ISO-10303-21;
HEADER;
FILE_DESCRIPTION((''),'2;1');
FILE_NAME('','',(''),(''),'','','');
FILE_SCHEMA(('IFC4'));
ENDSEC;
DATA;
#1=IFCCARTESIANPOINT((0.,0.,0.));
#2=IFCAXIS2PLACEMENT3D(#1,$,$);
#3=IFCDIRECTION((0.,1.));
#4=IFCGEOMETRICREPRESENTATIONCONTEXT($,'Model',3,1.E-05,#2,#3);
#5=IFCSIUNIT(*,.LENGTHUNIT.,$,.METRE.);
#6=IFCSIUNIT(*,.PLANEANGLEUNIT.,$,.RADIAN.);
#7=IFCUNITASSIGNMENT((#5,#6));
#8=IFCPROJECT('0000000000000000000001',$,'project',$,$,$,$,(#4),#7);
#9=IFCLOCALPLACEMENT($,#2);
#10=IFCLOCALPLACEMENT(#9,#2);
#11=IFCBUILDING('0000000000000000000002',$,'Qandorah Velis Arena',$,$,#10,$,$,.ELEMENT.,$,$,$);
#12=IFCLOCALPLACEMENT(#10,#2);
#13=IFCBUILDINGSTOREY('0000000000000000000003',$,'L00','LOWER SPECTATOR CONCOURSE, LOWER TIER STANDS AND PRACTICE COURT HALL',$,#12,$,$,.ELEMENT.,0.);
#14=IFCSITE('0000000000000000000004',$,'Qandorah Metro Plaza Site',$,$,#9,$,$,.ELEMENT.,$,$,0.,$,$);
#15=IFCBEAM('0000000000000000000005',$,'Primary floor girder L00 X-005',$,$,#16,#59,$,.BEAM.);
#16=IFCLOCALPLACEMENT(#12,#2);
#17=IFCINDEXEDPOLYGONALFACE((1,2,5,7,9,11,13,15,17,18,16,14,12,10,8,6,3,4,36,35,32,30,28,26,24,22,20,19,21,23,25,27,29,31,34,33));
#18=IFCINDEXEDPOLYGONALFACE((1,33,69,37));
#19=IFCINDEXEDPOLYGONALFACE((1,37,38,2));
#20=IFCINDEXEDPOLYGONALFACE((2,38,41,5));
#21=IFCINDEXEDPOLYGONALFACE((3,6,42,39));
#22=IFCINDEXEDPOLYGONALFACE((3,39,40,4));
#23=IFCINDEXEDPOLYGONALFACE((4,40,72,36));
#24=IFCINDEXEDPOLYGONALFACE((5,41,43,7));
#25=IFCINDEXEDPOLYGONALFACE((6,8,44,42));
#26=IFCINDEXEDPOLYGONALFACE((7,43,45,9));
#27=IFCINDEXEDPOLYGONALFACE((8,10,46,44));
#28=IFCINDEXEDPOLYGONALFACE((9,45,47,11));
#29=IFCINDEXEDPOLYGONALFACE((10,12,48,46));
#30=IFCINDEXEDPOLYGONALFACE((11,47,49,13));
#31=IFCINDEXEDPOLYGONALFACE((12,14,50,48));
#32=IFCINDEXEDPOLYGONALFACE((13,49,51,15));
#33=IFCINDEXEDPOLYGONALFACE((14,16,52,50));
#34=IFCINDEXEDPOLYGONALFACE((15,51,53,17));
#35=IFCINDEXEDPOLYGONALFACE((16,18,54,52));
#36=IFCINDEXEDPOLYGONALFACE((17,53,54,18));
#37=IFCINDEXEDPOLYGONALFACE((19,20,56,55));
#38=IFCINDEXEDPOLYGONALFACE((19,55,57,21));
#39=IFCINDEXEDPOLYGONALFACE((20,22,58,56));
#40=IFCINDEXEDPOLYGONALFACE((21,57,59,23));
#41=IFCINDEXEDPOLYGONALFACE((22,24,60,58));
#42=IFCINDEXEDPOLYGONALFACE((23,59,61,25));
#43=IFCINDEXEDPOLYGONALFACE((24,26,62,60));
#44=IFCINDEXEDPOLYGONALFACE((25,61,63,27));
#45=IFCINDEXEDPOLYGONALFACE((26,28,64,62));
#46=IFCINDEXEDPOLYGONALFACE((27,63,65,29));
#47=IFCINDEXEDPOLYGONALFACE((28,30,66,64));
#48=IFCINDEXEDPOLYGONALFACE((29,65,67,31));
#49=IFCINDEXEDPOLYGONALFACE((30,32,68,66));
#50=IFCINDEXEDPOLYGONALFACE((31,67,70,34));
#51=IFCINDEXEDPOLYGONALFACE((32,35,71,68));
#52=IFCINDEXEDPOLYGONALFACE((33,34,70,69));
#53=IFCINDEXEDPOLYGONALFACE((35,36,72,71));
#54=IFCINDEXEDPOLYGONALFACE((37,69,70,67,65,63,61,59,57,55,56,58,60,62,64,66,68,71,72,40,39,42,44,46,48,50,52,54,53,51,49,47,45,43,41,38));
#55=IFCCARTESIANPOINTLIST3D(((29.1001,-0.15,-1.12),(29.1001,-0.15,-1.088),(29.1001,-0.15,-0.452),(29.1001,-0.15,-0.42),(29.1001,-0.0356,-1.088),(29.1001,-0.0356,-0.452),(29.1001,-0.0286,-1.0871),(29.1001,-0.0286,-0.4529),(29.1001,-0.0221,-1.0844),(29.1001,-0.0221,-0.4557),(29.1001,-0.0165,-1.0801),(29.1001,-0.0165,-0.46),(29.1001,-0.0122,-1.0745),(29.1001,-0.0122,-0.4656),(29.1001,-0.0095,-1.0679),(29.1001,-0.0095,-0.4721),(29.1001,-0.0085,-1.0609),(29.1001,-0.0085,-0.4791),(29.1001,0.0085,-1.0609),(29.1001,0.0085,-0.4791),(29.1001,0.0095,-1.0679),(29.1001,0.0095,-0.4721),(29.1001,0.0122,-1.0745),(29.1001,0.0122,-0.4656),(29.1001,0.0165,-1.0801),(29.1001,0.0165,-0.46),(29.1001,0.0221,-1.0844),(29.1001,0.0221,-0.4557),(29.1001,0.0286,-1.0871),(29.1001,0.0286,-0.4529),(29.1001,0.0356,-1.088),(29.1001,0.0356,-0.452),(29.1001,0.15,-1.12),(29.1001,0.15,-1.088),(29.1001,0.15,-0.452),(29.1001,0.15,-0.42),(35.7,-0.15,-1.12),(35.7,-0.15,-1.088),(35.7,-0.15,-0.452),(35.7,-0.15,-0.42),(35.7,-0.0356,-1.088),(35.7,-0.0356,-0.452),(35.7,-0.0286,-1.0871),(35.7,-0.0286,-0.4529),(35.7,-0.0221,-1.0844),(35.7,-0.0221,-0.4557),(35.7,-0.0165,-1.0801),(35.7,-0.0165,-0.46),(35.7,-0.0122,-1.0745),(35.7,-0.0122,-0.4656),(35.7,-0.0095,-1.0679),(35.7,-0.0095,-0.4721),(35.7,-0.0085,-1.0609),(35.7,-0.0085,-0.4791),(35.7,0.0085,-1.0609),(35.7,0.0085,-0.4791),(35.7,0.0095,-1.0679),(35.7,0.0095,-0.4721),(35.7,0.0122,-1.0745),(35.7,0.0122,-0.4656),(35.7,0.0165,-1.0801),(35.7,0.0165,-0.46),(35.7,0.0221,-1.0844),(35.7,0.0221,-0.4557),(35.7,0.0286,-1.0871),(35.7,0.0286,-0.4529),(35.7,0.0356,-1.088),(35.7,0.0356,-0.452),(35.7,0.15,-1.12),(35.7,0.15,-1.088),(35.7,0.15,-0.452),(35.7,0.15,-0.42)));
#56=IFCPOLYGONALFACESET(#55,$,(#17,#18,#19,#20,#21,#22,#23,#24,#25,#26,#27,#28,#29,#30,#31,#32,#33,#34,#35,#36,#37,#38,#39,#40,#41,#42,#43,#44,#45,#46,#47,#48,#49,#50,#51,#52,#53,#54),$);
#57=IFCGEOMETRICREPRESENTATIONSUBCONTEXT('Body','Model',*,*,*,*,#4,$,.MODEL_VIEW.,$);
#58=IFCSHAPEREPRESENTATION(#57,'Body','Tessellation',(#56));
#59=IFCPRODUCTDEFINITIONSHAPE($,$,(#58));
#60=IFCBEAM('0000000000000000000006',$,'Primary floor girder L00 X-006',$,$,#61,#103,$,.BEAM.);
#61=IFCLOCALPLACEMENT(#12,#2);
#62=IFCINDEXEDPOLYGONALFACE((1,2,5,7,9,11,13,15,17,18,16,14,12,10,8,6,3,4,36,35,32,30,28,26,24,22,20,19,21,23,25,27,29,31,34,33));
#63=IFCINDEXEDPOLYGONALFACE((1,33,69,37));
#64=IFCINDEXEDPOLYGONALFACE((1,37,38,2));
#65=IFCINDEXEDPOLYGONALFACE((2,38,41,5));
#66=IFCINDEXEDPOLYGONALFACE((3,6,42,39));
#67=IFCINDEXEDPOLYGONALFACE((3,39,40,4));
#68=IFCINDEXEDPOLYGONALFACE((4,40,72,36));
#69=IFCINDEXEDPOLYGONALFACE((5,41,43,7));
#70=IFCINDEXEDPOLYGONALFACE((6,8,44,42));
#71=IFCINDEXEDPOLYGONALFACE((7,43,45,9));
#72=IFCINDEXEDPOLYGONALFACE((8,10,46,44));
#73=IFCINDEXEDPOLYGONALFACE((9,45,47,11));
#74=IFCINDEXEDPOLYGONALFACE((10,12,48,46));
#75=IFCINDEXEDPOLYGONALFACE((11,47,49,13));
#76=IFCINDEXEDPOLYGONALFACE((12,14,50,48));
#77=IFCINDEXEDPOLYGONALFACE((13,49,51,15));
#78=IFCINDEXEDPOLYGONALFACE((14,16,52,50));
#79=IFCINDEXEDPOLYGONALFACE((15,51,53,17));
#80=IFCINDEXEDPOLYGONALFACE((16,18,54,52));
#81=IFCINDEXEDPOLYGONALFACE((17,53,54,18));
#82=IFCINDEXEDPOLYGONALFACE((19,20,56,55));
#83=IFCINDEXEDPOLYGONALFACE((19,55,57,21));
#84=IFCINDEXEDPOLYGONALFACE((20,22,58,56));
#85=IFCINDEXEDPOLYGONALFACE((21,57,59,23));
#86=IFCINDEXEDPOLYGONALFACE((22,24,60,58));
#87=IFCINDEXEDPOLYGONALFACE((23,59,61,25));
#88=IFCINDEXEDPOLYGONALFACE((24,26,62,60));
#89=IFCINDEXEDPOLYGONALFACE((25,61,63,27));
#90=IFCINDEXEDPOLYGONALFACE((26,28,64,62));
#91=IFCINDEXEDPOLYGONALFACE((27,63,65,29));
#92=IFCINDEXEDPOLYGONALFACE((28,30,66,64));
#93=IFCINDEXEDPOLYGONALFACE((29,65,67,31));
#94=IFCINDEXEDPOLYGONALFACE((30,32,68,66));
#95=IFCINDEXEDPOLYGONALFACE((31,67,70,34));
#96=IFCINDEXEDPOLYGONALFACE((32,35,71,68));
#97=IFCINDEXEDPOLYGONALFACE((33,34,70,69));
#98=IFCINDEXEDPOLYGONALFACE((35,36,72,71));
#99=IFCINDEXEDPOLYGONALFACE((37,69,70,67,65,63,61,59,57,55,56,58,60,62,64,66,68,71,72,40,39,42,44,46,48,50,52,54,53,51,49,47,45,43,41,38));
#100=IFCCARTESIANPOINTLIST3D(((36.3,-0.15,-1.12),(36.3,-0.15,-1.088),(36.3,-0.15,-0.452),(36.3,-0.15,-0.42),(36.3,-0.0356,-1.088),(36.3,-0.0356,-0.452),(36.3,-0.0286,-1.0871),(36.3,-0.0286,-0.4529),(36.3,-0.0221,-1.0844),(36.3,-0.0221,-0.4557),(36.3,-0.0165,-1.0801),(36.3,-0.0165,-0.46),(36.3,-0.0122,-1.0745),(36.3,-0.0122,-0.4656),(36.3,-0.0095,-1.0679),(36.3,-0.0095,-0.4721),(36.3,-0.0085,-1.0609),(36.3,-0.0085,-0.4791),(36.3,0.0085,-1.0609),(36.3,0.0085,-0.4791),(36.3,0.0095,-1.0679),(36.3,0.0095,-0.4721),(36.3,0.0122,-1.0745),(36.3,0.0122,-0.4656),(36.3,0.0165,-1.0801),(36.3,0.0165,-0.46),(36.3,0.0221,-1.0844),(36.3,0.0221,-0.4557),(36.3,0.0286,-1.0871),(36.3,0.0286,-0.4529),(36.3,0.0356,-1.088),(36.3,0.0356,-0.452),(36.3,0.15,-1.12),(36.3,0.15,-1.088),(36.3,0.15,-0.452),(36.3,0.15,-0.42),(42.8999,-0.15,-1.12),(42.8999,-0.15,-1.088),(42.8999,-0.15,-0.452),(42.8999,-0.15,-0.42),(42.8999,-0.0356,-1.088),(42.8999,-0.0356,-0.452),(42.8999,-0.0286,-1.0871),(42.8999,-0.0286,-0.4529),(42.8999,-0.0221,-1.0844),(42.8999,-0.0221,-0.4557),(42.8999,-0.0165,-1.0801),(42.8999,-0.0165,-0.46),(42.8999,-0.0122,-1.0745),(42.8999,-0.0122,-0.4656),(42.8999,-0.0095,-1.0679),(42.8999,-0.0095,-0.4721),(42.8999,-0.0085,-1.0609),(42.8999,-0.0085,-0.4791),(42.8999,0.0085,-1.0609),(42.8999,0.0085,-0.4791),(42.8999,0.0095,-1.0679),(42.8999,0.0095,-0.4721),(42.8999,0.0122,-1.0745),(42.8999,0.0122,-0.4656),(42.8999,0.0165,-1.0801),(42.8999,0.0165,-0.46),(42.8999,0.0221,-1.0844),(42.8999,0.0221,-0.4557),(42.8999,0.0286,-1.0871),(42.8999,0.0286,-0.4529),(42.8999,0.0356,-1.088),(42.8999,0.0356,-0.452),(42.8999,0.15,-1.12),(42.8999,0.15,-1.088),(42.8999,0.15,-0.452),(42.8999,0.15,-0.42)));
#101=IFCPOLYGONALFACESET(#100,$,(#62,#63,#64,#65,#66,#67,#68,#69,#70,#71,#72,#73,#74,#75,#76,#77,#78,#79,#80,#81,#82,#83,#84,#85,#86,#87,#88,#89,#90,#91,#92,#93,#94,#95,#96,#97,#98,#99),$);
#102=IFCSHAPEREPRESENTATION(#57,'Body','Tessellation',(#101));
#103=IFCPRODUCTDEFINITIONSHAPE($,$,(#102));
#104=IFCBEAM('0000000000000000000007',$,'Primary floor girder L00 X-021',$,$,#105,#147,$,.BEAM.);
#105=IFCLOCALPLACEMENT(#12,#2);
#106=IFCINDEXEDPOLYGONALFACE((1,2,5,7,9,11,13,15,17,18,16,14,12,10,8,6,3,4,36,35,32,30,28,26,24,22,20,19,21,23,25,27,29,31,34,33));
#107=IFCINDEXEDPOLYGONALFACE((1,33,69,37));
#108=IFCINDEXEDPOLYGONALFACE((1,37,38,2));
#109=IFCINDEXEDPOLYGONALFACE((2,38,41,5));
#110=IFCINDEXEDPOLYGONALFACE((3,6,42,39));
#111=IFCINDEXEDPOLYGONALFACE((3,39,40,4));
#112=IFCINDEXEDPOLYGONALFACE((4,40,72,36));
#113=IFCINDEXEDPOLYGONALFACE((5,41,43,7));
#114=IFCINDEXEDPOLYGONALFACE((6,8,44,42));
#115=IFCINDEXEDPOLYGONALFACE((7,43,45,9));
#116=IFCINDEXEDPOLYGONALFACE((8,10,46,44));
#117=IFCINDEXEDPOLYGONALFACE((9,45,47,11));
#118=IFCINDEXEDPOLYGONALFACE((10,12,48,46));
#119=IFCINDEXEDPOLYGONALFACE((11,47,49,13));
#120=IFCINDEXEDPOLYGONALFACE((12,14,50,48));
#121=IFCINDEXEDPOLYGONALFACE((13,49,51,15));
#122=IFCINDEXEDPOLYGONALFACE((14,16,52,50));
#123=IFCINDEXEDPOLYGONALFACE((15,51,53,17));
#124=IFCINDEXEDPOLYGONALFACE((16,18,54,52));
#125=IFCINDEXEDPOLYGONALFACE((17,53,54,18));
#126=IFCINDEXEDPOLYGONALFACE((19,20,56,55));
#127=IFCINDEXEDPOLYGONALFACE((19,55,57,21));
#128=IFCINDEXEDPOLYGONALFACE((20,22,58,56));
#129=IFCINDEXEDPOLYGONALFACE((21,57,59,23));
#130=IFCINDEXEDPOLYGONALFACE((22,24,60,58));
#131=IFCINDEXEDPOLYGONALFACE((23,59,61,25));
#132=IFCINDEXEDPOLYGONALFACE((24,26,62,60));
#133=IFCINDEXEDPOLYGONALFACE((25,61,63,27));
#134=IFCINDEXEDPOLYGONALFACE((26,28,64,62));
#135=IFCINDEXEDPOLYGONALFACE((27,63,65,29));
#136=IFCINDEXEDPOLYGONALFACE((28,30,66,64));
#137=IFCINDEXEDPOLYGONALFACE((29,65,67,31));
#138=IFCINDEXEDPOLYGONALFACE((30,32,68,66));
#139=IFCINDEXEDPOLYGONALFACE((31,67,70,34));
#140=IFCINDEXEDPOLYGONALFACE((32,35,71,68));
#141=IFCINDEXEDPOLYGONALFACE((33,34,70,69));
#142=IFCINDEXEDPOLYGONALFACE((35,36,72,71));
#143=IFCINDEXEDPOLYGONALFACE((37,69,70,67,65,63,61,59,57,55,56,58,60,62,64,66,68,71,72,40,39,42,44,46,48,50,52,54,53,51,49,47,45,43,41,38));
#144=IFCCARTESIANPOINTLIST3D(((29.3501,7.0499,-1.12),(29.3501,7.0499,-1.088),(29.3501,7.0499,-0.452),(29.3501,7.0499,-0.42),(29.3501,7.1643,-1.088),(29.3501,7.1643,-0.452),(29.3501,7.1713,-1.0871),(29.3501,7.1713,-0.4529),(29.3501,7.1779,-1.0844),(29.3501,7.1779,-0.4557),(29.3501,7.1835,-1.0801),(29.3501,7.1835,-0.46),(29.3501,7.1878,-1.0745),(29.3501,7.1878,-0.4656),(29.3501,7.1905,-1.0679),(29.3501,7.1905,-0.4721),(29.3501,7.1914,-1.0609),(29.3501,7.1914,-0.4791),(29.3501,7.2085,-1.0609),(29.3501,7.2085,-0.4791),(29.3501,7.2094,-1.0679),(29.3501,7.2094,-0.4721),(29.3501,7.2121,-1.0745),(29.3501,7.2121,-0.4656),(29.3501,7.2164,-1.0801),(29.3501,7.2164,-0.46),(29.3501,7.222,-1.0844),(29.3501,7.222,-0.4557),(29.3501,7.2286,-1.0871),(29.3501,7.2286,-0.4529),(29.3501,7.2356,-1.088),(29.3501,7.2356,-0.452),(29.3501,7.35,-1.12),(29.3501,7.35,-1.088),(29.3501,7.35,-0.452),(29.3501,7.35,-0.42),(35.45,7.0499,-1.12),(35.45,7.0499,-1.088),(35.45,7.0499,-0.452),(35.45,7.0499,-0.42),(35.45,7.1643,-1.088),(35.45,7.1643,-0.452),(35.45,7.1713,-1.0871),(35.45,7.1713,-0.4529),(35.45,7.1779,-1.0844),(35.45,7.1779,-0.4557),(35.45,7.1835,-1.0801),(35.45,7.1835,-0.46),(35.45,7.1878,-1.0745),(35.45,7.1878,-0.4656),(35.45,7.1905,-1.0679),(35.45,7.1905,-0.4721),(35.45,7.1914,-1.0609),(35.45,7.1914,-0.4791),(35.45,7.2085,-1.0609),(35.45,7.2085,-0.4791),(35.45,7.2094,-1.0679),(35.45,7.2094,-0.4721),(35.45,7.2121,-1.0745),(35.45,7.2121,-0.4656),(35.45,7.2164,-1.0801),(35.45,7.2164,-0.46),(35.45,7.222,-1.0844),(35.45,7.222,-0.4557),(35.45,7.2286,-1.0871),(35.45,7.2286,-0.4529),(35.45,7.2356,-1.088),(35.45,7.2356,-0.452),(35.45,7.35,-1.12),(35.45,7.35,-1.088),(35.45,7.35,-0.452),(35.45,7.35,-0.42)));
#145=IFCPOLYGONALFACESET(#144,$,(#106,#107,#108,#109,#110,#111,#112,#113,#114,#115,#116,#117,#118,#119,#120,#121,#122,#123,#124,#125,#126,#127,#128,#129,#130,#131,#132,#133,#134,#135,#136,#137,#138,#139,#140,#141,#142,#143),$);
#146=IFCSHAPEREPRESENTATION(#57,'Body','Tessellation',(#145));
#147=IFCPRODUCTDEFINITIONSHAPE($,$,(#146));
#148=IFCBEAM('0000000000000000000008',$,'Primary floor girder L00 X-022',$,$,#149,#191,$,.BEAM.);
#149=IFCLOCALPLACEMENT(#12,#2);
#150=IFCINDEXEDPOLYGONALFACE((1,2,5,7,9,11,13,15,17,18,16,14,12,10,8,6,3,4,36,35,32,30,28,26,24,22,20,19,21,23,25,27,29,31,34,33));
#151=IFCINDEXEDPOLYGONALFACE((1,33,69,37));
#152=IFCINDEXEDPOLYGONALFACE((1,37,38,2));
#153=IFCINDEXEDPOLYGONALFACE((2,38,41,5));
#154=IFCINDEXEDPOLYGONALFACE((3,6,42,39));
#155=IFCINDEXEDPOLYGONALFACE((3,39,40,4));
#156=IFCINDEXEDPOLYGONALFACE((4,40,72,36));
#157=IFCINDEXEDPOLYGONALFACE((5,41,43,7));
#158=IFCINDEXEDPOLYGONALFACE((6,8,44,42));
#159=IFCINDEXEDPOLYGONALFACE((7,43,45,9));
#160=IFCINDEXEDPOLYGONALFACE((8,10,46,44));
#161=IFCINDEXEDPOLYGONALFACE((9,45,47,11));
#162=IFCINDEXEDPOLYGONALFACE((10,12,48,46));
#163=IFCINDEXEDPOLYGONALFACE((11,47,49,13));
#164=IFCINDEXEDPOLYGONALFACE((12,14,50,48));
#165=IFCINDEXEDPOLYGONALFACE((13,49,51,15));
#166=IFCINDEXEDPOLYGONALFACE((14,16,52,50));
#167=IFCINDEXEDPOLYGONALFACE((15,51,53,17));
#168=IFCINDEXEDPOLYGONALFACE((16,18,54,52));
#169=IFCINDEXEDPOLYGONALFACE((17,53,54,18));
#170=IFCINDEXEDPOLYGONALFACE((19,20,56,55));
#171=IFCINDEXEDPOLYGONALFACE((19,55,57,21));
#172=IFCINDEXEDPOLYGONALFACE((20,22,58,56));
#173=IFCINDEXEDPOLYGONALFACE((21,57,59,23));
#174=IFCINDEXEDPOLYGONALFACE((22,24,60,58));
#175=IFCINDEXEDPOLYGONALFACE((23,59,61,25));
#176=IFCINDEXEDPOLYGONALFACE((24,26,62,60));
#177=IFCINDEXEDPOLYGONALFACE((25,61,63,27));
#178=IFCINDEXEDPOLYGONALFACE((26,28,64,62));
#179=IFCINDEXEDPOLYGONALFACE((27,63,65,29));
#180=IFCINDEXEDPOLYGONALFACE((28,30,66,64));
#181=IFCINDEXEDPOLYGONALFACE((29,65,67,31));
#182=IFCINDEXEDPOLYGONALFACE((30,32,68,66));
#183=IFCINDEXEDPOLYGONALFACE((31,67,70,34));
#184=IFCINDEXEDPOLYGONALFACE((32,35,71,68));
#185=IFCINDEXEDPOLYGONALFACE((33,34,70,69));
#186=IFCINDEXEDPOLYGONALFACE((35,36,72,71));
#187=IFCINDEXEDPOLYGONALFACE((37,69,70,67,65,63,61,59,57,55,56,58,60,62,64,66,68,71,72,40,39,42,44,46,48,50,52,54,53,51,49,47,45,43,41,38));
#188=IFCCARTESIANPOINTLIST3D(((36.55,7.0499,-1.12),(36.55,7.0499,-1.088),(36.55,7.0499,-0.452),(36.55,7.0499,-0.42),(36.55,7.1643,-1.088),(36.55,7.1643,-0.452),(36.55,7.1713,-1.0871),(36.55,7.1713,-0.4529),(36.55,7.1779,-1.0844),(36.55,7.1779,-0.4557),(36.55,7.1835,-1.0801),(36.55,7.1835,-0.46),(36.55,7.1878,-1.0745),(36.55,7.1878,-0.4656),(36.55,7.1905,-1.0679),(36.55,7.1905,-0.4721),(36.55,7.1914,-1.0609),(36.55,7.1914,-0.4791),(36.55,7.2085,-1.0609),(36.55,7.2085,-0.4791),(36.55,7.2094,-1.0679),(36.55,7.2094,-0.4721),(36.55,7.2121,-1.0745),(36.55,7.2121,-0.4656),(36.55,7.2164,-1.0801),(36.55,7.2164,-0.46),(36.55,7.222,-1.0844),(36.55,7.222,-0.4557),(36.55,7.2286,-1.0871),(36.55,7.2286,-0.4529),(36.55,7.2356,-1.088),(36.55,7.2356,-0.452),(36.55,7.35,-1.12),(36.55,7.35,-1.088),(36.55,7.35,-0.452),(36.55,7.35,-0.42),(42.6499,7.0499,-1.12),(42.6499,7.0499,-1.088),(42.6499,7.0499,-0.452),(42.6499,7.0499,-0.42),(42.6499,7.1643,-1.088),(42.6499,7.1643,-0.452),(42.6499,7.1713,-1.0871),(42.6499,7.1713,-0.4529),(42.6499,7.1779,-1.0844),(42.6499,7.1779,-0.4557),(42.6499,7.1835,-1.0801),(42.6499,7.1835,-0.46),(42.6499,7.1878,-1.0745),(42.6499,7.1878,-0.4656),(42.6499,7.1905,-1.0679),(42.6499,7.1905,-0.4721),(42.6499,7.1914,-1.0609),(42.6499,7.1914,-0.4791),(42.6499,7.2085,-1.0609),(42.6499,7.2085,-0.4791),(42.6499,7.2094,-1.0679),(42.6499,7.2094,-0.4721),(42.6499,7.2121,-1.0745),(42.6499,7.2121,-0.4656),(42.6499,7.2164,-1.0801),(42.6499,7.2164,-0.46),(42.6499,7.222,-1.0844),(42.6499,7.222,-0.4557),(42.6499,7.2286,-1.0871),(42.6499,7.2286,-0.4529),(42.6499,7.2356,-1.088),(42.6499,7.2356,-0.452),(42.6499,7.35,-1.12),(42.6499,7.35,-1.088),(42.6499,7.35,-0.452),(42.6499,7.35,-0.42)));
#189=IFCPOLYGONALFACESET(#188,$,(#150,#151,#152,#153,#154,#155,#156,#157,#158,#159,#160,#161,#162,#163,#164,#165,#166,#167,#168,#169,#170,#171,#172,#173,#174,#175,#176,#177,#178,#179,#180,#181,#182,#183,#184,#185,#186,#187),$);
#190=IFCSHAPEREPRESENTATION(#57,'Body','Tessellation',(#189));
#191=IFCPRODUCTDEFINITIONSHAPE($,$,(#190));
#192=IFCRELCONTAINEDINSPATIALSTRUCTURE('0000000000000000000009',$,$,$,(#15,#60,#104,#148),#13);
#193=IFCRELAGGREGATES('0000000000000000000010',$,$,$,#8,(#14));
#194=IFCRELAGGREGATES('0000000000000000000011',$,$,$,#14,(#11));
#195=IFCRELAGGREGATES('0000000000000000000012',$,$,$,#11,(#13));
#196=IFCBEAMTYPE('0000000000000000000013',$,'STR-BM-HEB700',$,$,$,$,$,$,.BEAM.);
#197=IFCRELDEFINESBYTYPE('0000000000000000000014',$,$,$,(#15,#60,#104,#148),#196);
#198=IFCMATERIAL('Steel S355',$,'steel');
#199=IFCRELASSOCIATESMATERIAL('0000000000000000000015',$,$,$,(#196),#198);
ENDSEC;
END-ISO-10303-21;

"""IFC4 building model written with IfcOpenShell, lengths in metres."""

from ifc_helpers import new_model, si_unit, direction, frame, origin, origin_2d, place, context, subcontext, project, spatial, i_section, extrude, material, material_profile, profile_set, type_object, element, save


model = new_model("IFC4")

# Units and contexts
model_context = context("Model", 3, precision=1e-05, world=origin(), true_north=direction((0.0, 1.0)))
body_context = subcontext(model_context, "Body", "Model", "MODEL_VIEW")
ifc_project = project(units=[si_unit("LENGTHUNIT", "METRE"), si_unit("PLANEANGLEUNIT", "RADIAN")], contexts=[model_context])

# Site, building, storey
site_placement = place(None, origin())
site = spatial("IfcSite", under=ifc_project, at=site_placement, Name="Qandorah Metro Plaza Site", CompositionType="ELEMENT", RefElevation=0.0)
building_placement = place(site_placement, origin())
building = spatial("IfcBuilding", under=site, at=building_placement, Name="Qandorah Velis Arena", CompositionType="ELEMENT")
storey_placement = place(building_placement, origin())
storey = spatial("IfcBuildingStorey", under=building, at=storey_placement, Name="L00", Description="LOWER SPECTATOR CONCOURSE, LOWER TIER STANDS AND PRACTICE COURT HALL", CompositionType="ELEMENT", Elevation=0.0)

# Beams
ifc_material_1 = material(Name="Steel S355", Category="steel")
ifc_material_profile_1 = material_profile(ifc_material_1, i_section(OverallWidth=0.3, OverallDepth=0.7, WebThickness=0.0171, FlangeThickness=0.032, FilletRadius=0.0271, at=origin_2d()), Name="HEB 700")
ifc_profile_set_1 = profile_set([ifc_material_profile_1], Name="Steel S355")
beam_type_1 = type_object("IfcBeamType", Name="STR-BM-HEB700", PredefinedType="BEAM", material=ifc_profile_set_1)
for number, where, z_axis, x_axis, name in (
    (1, (29.1001, 0.0, -0.77), (1.0, 0.0, 0.0), (0.0, 1.0, 0.0), "Primary floor girder L00 X-005"),
    (2, (36.3, 0.0, -0.77), (1.0, 0.0, 0.0), (0.0, 1.0, 0.0), "Primary floor girder L00 X-006"),
):
    element("IfcBeam", number, at=place(storey_placement, frame(where, z_axis=z_axis, x_axis=x_axis)), inside=storey, type_object=beam_type_1, Name=name, PredefinedType="BEAM", context=body_context, shape_type="SweptSolid", body=[
        extrude(i_section(OverallWidth=0.3, OverallDepth=0.7, WebThickness=0.0171, FlangeThickness=0.032, FilletRadius=0.0271, at=origin_2d()), origin(), (0.0, 0.0, 1.0), 6.5999),
    ])
for number, where, z_axis, x_axis, name in (
    (3, (29.3501, 7.2, -0.77), (1.0, 0.0, 0.0), (0.0, 1.0, 0.0), "Primary floor girder L00 X-021"),
    (4, (36.55, 7.2, -0.77), (1.0, 0.0, 0.0), (0.0, 1.0, 0.0), "Primary floor girder L00 X-022"),
):
    element("IfcBeam", number, at=place(storey_placement, frame(where, z_axis=z_axis, x_axis=x_axis)), inside=storey, type_object=beam_type_1, Name=name, PredefinedType="BEAM", context=body_context, shape_type="SweptSolid", body=[
        extrude(i_section(OverallWidth=0.3, OverallDepth=0.7, WebThickness=0.0171, FlangeThickness=0.032, FilletRadius=0.0271, at=origin_2d()), origin(), (0.0, 0.0, 1.0), 6.0999),
    ])

save(model, "model.ifc")
